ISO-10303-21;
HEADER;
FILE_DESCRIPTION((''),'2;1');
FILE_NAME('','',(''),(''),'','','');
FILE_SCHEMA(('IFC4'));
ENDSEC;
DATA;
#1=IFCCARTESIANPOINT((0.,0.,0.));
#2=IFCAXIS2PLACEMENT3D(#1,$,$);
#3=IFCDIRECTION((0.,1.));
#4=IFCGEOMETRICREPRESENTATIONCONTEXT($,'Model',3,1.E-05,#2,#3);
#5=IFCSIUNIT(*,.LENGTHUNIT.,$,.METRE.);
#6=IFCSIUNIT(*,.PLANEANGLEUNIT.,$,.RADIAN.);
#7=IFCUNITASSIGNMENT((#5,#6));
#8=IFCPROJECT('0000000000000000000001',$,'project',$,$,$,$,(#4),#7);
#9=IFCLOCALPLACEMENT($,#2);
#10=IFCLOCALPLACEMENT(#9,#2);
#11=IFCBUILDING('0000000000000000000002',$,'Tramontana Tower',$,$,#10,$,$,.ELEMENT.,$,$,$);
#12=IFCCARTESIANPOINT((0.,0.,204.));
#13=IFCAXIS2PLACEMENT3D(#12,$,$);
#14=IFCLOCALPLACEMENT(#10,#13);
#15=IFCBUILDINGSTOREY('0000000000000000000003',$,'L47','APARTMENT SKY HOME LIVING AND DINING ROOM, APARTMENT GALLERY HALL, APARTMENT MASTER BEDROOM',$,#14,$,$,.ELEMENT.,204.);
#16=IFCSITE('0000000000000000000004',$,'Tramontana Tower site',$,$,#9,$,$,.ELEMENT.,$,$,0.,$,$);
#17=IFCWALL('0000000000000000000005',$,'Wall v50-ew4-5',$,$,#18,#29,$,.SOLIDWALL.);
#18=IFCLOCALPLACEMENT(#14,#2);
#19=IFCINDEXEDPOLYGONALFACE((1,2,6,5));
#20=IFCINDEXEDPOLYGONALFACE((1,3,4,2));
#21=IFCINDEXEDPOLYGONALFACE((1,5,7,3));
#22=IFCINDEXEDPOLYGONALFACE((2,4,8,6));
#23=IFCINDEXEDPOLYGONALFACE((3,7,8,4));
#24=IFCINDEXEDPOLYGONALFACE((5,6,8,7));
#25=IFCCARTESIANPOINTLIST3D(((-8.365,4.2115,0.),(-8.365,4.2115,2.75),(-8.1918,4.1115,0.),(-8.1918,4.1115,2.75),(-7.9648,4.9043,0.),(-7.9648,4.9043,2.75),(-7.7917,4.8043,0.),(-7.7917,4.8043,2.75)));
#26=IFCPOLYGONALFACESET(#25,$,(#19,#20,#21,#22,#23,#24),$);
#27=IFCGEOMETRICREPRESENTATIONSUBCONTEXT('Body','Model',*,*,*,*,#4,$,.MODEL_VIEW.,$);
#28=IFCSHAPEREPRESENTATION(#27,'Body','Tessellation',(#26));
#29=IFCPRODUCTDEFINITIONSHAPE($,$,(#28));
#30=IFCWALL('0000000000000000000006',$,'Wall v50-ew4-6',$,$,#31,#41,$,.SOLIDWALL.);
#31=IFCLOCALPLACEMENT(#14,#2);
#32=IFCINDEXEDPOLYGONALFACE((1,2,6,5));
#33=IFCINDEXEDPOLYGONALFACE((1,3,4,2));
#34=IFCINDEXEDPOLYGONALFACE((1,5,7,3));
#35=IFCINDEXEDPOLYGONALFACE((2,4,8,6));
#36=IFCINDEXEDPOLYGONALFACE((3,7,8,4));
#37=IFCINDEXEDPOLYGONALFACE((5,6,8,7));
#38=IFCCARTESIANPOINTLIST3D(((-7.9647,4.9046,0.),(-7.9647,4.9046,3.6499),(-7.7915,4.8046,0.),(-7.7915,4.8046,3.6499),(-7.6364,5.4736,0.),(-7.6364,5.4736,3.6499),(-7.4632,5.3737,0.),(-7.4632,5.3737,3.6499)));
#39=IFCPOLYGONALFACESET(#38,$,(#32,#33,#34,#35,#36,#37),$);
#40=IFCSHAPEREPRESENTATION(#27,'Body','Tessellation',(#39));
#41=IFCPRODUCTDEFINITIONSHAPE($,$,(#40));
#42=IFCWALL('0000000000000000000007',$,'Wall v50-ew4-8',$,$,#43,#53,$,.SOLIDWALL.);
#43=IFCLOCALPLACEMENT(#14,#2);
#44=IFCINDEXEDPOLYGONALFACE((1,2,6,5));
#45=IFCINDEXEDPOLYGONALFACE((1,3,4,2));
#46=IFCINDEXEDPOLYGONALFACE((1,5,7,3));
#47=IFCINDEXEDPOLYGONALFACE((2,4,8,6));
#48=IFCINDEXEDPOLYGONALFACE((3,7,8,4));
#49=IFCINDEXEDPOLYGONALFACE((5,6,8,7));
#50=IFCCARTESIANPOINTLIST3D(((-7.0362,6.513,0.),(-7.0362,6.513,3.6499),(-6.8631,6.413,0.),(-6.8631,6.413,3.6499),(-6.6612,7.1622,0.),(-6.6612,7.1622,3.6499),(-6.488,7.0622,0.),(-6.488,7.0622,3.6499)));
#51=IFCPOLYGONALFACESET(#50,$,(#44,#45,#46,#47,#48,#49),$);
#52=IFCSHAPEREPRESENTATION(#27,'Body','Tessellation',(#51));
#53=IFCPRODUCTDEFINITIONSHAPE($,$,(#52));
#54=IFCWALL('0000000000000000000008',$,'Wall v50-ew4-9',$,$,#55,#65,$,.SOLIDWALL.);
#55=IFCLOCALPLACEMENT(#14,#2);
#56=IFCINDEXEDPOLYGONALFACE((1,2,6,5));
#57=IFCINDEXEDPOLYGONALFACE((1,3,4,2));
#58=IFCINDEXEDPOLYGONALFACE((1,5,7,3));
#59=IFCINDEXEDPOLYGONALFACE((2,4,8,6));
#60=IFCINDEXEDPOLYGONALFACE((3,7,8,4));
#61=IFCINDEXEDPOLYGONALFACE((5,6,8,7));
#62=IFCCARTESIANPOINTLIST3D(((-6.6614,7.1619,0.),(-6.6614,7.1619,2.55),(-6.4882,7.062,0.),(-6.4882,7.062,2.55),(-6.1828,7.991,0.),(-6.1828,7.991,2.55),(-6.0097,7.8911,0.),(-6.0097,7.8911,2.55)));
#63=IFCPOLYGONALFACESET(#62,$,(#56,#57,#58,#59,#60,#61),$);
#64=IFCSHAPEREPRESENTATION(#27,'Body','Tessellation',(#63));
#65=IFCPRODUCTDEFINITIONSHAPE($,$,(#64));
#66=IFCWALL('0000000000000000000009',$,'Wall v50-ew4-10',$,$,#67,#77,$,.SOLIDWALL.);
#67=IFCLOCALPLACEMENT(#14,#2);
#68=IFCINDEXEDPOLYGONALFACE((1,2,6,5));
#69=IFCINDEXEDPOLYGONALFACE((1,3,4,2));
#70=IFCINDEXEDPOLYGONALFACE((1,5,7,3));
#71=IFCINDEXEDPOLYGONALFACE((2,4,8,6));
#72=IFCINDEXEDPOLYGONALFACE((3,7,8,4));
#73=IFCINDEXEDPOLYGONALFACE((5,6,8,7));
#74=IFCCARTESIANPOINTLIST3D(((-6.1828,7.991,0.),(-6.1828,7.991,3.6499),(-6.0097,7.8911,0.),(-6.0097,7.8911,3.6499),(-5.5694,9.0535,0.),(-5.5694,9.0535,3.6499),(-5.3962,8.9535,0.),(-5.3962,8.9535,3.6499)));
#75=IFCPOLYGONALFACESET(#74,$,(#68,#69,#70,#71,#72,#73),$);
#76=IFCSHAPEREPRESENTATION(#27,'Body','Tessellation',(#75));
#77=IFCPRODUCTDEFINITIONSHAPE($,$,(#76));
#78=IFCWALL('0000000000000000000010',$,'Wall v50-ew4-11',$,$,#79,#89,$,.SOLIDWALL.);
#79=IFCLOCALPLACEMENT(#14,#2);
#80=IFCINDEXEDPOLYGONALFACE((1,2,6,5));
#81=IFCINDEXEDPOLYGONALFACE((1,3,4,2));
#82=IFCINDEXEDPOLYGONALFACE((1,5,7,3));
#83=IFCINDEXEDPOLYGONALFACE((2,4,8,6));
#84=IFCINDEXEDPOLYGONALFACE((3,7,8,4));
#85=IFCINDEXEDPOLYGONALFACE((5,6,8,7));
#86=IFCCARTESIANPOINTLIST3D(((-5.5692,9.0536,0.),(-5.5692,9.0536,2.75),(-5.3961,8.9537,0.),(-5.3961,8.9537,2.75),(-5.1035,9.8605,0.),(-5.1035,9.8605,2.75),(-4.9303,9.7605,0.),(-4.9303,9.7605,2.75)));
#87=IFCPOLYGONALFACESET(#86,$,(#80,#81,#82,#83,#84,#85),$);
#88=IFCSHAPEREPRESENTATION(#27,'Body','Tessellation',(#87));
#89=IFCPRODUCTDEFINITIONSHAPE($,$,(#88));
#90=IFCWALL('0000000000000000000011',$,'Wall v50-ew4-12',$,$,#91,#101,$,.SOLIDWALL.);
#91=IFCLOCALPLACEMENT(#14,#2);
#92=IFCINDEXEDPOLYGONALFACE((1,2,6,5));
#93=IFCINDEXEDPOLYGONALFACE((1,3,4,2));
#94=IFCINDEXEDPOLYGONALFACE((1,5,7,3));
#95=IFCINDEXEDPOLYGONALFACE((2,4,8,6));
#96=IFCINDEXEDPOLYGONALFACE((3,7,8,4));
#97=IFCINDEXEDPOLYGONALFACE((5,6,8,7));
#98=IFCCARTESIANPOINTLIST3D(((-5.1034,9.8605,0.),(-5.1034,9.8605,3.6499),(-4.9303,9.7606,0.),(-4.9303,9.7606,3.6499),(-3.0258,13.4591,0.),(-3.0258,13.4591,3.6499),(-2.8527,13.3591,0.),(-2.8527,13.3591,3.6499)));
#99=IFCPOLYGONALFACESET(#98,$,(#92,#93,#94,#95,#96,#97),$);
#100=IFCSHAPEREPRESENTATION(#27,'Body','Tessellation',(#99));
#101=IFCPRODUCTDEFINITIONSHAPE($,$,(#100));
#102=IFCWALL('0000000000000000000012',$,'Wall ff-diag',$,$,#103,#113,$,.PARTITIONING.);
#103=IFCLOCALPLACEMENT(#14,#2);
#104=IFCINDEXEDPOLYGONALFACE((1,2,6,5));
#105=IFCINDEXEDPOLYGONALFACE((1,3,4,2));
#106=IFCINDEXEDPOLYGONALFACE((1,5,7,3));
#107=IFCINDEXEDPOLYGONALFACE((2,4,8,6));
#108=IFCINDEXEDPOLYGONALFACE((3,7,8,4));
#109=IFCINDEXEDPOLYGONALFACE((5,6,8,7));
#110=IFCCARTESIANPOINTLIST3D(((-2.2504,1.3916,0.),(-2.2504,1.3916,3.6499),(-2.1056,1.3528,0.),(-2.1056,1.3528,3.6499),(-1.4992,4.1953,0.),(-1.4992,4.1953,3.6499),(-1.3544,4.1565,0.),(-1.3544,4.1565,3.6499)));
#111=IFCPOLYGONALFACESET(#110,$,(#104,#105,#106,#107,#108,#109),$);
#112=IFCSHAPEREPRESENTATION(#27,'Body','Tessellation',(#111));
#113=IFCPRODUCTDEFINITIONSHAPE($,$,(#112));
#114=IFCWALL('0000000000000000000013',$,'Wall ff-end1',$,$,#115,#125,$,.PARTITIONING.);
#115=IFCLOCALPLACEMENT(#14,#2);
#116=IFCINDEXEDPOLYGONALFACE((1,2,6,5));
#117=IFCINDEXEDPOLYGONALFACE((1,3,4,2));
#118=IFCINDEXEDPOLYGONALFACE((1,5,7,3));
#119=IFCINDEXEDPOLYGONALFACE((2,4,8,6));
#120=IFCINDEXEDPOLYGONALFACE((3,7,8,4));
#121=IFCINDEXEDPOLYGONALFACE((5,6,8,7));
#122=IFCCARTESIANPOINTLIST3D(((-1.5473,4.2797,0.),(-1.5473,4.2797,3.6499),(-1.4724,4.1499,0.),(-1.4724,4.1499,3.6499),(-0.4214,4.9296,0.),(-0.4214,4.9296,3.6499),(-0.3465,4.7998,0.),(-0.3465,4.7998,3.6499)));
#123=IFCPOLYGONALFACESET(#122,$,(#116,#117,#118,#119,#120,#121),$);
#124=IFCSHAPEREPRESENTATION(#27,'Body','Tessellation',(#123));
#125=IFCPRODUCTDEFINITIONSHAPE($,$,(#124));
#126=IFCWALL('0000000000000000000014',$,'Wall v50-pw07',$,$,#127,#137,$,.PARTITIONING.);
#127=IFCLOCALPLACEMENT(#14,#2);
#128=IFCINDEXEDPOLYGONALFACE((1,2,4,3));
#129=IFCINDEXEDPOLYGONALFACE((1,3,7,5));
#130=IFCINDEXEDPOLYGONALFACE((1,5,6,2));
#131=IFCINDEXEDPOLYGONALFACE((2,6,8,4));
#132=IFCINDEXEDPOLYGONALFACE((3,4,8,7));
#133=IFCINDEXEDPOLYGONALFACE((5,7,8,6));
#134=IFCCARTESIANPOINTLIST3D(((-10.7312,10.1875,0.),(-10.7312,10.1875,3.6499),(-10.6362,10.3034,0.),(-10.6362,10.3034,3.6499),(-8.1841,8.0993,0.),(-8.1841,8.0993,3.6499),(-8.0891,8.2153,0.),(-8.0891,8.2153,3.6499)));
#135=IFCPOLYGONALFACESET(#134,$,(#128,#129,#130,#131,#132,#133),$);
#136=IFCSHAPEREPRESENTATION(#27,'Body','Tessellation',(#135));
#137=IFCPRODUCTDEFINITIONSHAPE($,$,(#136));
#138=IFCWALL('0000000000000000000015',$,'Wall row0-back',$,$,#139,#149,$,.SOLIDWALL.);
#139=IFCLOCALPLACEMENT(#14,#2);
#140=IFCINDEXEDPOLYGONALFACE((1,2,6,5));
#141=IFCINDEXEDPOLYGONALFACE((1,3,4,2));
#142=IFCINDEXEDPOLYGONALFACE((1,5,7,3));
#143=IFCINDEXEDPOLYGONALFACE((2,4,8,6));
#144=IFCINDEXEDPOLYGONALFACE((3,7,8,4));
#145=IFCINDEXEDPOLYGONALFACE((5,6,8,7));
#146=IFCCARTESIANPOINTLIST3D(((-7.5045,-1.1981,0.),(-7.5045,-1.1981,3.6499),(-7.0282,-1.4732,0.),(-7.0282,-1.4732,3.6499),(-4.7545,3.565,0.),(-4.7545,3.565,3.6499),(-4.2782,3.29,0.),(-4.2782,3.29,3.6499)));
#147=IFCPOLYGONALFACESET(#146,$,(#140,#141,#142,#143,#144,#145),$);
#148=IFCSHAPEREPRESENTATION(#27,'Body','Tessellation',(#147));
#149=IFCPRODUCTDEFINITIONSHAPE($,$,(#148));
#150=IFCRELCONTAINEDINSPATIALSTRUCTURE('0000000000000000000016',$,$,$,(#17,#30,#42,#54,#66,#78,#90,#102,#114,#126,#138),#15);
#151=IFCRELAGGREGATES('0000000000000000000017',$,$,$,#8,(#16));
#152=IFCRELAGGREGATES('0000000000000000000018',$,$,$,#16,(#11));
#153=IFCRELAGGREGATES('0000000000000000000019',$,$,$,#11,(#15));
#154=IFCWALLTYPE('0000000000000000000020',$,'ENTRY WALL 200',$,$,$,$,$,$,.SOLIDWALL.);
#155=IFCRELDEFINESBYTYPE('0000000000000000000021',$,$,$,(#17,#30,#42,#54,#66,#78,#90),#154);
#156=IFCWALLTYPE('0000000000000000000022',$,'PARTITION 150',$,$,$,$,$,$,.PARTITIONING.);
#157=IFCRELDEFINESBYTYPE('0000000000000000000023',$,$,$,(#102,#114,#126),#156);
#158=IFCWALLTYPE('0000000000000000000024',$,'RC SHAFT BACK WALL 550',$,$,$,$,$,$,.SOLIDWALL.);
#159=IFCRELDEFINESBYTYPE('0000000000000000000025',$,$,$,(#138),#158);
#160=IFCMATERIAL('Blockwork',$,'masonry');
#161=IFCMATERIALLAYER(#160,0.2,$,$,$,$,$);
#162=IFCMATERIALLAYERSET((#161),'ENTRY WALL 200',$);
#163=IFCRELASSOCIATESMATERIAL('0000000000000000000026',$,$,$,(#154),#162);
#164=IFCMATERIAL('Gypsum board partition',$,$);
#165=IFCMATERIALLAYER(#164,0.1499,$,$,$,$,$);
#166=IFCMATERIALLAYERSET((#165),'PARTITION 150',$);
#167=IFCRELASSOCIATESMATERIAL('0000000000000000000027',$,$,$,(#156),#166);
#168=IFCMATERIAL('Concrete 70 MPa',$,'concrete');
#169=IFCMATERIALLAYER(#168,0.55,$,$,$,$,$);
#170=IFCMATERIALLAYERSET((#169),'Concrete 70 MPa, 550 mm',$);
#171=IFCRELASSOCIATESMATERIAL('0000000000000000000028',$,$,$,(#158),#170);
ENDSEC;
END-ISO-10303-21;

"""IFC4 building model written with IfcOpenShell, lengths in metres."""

from ifc_helpers import new_model, si_unit, direction, frame, frame_2d, origin, place, context, subcontext, project, spatial, rectangle, extrude, material, layer, layer_set, type_object, element, save


model = new_model("IFC4")

# Units and contexts
model_context = context("Model", 3, precision=1e-05, world=origin(), true_north=direction((0.0, 1.0)))
body_context = subcontext(model_context, "Body", "Model", "MODEL_VIEW")
ifc_project = project(units=[si_unit("LENGTHUNIT", "METRE"), si_unit("PLANEANGLEUNIT", "RADIAN")], contexts=[model_context])

# Site, building, storey
site_placement = place(None, origin())
site = spatial("IfcSite", under=ifc_project, at=site_placement, Name="Tramontana Tower site", CompositionType="ELEMENT", RefElevation=0.0)
building_placement = place(site_placement, origin())
building = spatial("IfcBuilding", under=site, at=building_placement, Name="Tramontana Tower", CompositionType="ELEMENT")
storey_placement = place(building_placement, frame((0.0, 0.0, 204.0)))
storey = spatial("IfcBuildingStorey", under=building, at=storey_placement, Name="L47", Description="APARTMENT SKY HOME LIVING AND DINING ROOM, APARTMENT GALLERY HALL, APARTMENT MASTER BEDROOM", CompositionType="ELEMENT", Elevation=204.0)

# Walls
ifc_material_1 = material(Name="Blockwork", Category="masonry")
ifc_layer_1 = layer(ifc_material_1, 0.2)
ifc_layer_set_1 = layer_set([ifc_layer_1], Name="ENTRY WALL 200")
wall_type_1 = type_object("IfcWallType", Name="ENTRY WALL 200", PredefinedType="SOLIDWALL", material=ifc_layer_set_1)
wall_1_placement = place(storey_placement, frame((-8.2783, 4.1616, 0.0), z_axis=(0.0, 0.0, 1.0), x_axis=(0.50011, 0.865962, 0.0)))
element("IfcWall", 1, at=wall_1_placement, inside=storey, type_object=wall_type_1, Name="Wall v50-ew4-5", PredefinedType="SOLIDWALL", context=body_context, shape_type="SweptSolid", body=[
    extrude(rectangle(XDim=0.8, YDim=0.2, at=frame_2d((0.3999, 0.0))), origin(), (0.0, 0.0, 1.0), 2.75),
])
wall_2_placement = place(storey_placement, frame((-7.8782, 4.8545, 0.0), z_axis=(0.0, 0.0, 1.0), x_axis=(0.499776, 0.866155, 0.0)))
element("IfcWall", 2, at=wall_2_placement, inside=storey, type_object=wall_type_1, Name="Wall v50-ew4-6", PredefinedType="SOLIDWALL", context=body_context, shape_type="SweptSolid", body=[
    extrude(rectangle(XDim=0.657, YDim=0.2, at=frame_2d((0.3286, 0.0))), origin(), (0.0, 0.0, 1.0), 3.6499),
])

# Walls
wall_3_placement = place(storey_placement, frame((-6.9497, 6.4629, 0.0), z_axis=(0.0, 0.0, 1.0), x_axis=(0.500202, 0.865909, 0.0)))
element("IfcWall", 3, at=wall_3_placement, inside=storey, type_object=wall_type_1, Name="Wall v50-ew4-8", PredefinedType="SOLIDWALL", context=body_context, shape_type="SweptSolid", body=[
    extrude(rectangle(XDim=0.7498, YDim=0.2, at=frame_2d((0.375, 0.0))), origin(), (0.0, 0.0, 1.0), 3.6499),
])
wall_4_placement = place(storey_placement, frame((-6.5747, 7.1121, 0.0), z_axis=(0.0, 0.0, 1.0), x_axis=(0.49987, 0.866101, 0.0)))
element("IfcWall", 4, at=wall_4_placement, inside=storey, type_object=wall_type_1, Name="Wall v50-ew4-9", PredefinedType="SOLIDWALL", context=body_context, shape_type="SweptSolid", body=[
    extrude(rectangle(XDim=0.9573, YDim=0.2, at=frame_2d((0.4785, 0.0))), origin(), (0.0, 0.0, 1.0), 2.55),
])
wall_5_placement = place(storey_placement, frame((-6.0962, 7.9412, 0.0), z_axis=(0.0, 0.0, 1.0), x_axis=(0.500055, 0.865993, 0.0)))
element("IfcWall", 5, at=wall_5_placement, inside=storey, type_object=wall_type_1, Name="Wall v50-ew4-10", PredefinedType="SOLIDWALL", context=body_context, shape_type="SweptSolid", body=[
    extrude(rectangle(XDim=1.2268, YDim=0.2, at=frame_2d((0.6133, 0.0))), origin(), (0.0, 0.0, 1.0), 3.6499),
])
wall_6_placement = place(storey_placement, frame((-5.4827, 9.0037, 0.0), z_axis=(0.0, 0.0, 1.0), x_axis=(0.499972, 0.866042, 0.0)))
element("IfcWall", 6, at=wall_6_placement, inside=storey, type_object=wall_type_1, Name="Wall v50-ew4-11", PredefinedType="SOLIDWALL", context=body_context, shape_type="SweptSolid", body=[
    extrude(rectangle(XDim=0.9316, YDim=0.2, at=frame_2d((0.4658, 0.0))), origin(), (0.0, 0.0, 1.0), 2.75),
])
wall_7_placement = place(storey_placement, frame((-5.0168, 9.8105, 0.0), z_axis=(0.0, 0.0, 1.0), x_axis=(0.499994, 0.866029, 0.0)))
element("IfcWall", 7, at=wall_7_placement, inside=storey, type_object=wall_type_1, Name="Wall v50-ew4-12", PredefinedType="SOLIDWALL", context=body_context, shape_type="SweptSolid", body=[
    extrude(rectangle(XDim=4.1553, YDim=0.2, at=frame_2d((2.0776, 0.0))), origin(), (0.0, 0.0, 1.0), 3.6499),
])
ifc_material_2 = material(Name="Gypsum board partition")
ifc_layer_2 = layer(ifc_material_2, 0.1499)
ifc_layer_set_2 = layer_set([ifc_layer_2], Name="PARTITION 150")
wall_type_2 = type_object("IfcWallType", Name="PARTITION 150", PredefinedType="PARTITIONING", material=ifc_layer_set_2)
wall_8_placement = place(storey_placement, frame((-2.178, 1.3723, 0.0), z_axis=(0.0, 0.0, 1.0), x_axis=(0.258809, 0.965929, 0.0)))
element("IfcWall", 8, at=wall_8_placement, inside=storey, type_object=wall_type_2, Name="Wall ff-diag", PredefinedType="PARTITIONING", context=body_context, shape_type="SweptSolid", body=[
    extrude(rectangle(XDim=2.9026, YDim=0.1499, at=frame_2d((1.4512, 0.0))), origin(), (0.0, 0.0, 1.0), 3.6499),
])
wall_9_placement = place(storey_placement, frame((-1.5098, 4.2148, 0.0), z_axis=(0.0, 0.0, 1.0), x_axis=(0.866086, 0.499896, 0.0)))
element("IfcWall", 9, at=wall_9_placement, inside=storey, type_object=wall_type_2, Name="Wall ff-end1", PredefinedType="PARTITIONING", context=body_context, shape_type="SweptSolid", body=[
    extrude(rectangle(XDim=1.3, YDim=0.1499, at=frame_2d((0.6499, 0.0))), origin(), (0.0, 0.0, 1.0), 3.6499),
])

# Walls
wall_10_placement = place(storey_placement, frame((-8.1365, 8.1572, 0.0), z_axis=(0.0, 0.0, 1.0), x_axis=(-0.773343, 0.633988, 0.0)))
element("IfcWall", 10, at=wall_10_placement, inside=storey, type_object=wall_type_2, Name="Wall v50-pw07", PredefinedType="PARTITIONING", context=body_context, shape_type="SweptSolid", body=[
    extrude(rectangle(XDim=3.2937, YDim=0.1499, at=frame_2d((1.647, 0.0))), origin(), (0.0, 0.0, 1.0), 3.6499),
])
ifc_material_3 = material(Name="Concrete 70 MPa", Category="concrete")
ifc_layer_3 = layer(ifc_material_3, 0.55)
ifc_layer_set_3 = layer_set([ifc_layer_3], Name="Concrete 70 MPa, 550 mm")
wall_type_3 = type_object("IfcWallType", Name="RC SHAFT BACK WALL 550", PredefinedType="SOLIDWALL", material=ifc_layer_set_3)
wall_11_placement = place(storey_placement, frame((-4.5164, 3.4275, 0.0), z_axis=(0.0, 0.0, 1.0), x_axis=(-0.499997, -0.866027, 0.0)))
element("IfcWall", 11, at=wall_11_placement, inside=storey, type_object=wall_type_3, Name="Wall row0-back", PredefinedType="SOLIDWALL", context=body_context, shape_type="SweptSolid", body=[
    extrude(rectangle(XDim=5.5, YDim=0.55, at=frame_2d((2.75, 0.0))), origin(), (0.0, 0.0, 1.0), 3.6499),
])

save(model, "model.ifc")
